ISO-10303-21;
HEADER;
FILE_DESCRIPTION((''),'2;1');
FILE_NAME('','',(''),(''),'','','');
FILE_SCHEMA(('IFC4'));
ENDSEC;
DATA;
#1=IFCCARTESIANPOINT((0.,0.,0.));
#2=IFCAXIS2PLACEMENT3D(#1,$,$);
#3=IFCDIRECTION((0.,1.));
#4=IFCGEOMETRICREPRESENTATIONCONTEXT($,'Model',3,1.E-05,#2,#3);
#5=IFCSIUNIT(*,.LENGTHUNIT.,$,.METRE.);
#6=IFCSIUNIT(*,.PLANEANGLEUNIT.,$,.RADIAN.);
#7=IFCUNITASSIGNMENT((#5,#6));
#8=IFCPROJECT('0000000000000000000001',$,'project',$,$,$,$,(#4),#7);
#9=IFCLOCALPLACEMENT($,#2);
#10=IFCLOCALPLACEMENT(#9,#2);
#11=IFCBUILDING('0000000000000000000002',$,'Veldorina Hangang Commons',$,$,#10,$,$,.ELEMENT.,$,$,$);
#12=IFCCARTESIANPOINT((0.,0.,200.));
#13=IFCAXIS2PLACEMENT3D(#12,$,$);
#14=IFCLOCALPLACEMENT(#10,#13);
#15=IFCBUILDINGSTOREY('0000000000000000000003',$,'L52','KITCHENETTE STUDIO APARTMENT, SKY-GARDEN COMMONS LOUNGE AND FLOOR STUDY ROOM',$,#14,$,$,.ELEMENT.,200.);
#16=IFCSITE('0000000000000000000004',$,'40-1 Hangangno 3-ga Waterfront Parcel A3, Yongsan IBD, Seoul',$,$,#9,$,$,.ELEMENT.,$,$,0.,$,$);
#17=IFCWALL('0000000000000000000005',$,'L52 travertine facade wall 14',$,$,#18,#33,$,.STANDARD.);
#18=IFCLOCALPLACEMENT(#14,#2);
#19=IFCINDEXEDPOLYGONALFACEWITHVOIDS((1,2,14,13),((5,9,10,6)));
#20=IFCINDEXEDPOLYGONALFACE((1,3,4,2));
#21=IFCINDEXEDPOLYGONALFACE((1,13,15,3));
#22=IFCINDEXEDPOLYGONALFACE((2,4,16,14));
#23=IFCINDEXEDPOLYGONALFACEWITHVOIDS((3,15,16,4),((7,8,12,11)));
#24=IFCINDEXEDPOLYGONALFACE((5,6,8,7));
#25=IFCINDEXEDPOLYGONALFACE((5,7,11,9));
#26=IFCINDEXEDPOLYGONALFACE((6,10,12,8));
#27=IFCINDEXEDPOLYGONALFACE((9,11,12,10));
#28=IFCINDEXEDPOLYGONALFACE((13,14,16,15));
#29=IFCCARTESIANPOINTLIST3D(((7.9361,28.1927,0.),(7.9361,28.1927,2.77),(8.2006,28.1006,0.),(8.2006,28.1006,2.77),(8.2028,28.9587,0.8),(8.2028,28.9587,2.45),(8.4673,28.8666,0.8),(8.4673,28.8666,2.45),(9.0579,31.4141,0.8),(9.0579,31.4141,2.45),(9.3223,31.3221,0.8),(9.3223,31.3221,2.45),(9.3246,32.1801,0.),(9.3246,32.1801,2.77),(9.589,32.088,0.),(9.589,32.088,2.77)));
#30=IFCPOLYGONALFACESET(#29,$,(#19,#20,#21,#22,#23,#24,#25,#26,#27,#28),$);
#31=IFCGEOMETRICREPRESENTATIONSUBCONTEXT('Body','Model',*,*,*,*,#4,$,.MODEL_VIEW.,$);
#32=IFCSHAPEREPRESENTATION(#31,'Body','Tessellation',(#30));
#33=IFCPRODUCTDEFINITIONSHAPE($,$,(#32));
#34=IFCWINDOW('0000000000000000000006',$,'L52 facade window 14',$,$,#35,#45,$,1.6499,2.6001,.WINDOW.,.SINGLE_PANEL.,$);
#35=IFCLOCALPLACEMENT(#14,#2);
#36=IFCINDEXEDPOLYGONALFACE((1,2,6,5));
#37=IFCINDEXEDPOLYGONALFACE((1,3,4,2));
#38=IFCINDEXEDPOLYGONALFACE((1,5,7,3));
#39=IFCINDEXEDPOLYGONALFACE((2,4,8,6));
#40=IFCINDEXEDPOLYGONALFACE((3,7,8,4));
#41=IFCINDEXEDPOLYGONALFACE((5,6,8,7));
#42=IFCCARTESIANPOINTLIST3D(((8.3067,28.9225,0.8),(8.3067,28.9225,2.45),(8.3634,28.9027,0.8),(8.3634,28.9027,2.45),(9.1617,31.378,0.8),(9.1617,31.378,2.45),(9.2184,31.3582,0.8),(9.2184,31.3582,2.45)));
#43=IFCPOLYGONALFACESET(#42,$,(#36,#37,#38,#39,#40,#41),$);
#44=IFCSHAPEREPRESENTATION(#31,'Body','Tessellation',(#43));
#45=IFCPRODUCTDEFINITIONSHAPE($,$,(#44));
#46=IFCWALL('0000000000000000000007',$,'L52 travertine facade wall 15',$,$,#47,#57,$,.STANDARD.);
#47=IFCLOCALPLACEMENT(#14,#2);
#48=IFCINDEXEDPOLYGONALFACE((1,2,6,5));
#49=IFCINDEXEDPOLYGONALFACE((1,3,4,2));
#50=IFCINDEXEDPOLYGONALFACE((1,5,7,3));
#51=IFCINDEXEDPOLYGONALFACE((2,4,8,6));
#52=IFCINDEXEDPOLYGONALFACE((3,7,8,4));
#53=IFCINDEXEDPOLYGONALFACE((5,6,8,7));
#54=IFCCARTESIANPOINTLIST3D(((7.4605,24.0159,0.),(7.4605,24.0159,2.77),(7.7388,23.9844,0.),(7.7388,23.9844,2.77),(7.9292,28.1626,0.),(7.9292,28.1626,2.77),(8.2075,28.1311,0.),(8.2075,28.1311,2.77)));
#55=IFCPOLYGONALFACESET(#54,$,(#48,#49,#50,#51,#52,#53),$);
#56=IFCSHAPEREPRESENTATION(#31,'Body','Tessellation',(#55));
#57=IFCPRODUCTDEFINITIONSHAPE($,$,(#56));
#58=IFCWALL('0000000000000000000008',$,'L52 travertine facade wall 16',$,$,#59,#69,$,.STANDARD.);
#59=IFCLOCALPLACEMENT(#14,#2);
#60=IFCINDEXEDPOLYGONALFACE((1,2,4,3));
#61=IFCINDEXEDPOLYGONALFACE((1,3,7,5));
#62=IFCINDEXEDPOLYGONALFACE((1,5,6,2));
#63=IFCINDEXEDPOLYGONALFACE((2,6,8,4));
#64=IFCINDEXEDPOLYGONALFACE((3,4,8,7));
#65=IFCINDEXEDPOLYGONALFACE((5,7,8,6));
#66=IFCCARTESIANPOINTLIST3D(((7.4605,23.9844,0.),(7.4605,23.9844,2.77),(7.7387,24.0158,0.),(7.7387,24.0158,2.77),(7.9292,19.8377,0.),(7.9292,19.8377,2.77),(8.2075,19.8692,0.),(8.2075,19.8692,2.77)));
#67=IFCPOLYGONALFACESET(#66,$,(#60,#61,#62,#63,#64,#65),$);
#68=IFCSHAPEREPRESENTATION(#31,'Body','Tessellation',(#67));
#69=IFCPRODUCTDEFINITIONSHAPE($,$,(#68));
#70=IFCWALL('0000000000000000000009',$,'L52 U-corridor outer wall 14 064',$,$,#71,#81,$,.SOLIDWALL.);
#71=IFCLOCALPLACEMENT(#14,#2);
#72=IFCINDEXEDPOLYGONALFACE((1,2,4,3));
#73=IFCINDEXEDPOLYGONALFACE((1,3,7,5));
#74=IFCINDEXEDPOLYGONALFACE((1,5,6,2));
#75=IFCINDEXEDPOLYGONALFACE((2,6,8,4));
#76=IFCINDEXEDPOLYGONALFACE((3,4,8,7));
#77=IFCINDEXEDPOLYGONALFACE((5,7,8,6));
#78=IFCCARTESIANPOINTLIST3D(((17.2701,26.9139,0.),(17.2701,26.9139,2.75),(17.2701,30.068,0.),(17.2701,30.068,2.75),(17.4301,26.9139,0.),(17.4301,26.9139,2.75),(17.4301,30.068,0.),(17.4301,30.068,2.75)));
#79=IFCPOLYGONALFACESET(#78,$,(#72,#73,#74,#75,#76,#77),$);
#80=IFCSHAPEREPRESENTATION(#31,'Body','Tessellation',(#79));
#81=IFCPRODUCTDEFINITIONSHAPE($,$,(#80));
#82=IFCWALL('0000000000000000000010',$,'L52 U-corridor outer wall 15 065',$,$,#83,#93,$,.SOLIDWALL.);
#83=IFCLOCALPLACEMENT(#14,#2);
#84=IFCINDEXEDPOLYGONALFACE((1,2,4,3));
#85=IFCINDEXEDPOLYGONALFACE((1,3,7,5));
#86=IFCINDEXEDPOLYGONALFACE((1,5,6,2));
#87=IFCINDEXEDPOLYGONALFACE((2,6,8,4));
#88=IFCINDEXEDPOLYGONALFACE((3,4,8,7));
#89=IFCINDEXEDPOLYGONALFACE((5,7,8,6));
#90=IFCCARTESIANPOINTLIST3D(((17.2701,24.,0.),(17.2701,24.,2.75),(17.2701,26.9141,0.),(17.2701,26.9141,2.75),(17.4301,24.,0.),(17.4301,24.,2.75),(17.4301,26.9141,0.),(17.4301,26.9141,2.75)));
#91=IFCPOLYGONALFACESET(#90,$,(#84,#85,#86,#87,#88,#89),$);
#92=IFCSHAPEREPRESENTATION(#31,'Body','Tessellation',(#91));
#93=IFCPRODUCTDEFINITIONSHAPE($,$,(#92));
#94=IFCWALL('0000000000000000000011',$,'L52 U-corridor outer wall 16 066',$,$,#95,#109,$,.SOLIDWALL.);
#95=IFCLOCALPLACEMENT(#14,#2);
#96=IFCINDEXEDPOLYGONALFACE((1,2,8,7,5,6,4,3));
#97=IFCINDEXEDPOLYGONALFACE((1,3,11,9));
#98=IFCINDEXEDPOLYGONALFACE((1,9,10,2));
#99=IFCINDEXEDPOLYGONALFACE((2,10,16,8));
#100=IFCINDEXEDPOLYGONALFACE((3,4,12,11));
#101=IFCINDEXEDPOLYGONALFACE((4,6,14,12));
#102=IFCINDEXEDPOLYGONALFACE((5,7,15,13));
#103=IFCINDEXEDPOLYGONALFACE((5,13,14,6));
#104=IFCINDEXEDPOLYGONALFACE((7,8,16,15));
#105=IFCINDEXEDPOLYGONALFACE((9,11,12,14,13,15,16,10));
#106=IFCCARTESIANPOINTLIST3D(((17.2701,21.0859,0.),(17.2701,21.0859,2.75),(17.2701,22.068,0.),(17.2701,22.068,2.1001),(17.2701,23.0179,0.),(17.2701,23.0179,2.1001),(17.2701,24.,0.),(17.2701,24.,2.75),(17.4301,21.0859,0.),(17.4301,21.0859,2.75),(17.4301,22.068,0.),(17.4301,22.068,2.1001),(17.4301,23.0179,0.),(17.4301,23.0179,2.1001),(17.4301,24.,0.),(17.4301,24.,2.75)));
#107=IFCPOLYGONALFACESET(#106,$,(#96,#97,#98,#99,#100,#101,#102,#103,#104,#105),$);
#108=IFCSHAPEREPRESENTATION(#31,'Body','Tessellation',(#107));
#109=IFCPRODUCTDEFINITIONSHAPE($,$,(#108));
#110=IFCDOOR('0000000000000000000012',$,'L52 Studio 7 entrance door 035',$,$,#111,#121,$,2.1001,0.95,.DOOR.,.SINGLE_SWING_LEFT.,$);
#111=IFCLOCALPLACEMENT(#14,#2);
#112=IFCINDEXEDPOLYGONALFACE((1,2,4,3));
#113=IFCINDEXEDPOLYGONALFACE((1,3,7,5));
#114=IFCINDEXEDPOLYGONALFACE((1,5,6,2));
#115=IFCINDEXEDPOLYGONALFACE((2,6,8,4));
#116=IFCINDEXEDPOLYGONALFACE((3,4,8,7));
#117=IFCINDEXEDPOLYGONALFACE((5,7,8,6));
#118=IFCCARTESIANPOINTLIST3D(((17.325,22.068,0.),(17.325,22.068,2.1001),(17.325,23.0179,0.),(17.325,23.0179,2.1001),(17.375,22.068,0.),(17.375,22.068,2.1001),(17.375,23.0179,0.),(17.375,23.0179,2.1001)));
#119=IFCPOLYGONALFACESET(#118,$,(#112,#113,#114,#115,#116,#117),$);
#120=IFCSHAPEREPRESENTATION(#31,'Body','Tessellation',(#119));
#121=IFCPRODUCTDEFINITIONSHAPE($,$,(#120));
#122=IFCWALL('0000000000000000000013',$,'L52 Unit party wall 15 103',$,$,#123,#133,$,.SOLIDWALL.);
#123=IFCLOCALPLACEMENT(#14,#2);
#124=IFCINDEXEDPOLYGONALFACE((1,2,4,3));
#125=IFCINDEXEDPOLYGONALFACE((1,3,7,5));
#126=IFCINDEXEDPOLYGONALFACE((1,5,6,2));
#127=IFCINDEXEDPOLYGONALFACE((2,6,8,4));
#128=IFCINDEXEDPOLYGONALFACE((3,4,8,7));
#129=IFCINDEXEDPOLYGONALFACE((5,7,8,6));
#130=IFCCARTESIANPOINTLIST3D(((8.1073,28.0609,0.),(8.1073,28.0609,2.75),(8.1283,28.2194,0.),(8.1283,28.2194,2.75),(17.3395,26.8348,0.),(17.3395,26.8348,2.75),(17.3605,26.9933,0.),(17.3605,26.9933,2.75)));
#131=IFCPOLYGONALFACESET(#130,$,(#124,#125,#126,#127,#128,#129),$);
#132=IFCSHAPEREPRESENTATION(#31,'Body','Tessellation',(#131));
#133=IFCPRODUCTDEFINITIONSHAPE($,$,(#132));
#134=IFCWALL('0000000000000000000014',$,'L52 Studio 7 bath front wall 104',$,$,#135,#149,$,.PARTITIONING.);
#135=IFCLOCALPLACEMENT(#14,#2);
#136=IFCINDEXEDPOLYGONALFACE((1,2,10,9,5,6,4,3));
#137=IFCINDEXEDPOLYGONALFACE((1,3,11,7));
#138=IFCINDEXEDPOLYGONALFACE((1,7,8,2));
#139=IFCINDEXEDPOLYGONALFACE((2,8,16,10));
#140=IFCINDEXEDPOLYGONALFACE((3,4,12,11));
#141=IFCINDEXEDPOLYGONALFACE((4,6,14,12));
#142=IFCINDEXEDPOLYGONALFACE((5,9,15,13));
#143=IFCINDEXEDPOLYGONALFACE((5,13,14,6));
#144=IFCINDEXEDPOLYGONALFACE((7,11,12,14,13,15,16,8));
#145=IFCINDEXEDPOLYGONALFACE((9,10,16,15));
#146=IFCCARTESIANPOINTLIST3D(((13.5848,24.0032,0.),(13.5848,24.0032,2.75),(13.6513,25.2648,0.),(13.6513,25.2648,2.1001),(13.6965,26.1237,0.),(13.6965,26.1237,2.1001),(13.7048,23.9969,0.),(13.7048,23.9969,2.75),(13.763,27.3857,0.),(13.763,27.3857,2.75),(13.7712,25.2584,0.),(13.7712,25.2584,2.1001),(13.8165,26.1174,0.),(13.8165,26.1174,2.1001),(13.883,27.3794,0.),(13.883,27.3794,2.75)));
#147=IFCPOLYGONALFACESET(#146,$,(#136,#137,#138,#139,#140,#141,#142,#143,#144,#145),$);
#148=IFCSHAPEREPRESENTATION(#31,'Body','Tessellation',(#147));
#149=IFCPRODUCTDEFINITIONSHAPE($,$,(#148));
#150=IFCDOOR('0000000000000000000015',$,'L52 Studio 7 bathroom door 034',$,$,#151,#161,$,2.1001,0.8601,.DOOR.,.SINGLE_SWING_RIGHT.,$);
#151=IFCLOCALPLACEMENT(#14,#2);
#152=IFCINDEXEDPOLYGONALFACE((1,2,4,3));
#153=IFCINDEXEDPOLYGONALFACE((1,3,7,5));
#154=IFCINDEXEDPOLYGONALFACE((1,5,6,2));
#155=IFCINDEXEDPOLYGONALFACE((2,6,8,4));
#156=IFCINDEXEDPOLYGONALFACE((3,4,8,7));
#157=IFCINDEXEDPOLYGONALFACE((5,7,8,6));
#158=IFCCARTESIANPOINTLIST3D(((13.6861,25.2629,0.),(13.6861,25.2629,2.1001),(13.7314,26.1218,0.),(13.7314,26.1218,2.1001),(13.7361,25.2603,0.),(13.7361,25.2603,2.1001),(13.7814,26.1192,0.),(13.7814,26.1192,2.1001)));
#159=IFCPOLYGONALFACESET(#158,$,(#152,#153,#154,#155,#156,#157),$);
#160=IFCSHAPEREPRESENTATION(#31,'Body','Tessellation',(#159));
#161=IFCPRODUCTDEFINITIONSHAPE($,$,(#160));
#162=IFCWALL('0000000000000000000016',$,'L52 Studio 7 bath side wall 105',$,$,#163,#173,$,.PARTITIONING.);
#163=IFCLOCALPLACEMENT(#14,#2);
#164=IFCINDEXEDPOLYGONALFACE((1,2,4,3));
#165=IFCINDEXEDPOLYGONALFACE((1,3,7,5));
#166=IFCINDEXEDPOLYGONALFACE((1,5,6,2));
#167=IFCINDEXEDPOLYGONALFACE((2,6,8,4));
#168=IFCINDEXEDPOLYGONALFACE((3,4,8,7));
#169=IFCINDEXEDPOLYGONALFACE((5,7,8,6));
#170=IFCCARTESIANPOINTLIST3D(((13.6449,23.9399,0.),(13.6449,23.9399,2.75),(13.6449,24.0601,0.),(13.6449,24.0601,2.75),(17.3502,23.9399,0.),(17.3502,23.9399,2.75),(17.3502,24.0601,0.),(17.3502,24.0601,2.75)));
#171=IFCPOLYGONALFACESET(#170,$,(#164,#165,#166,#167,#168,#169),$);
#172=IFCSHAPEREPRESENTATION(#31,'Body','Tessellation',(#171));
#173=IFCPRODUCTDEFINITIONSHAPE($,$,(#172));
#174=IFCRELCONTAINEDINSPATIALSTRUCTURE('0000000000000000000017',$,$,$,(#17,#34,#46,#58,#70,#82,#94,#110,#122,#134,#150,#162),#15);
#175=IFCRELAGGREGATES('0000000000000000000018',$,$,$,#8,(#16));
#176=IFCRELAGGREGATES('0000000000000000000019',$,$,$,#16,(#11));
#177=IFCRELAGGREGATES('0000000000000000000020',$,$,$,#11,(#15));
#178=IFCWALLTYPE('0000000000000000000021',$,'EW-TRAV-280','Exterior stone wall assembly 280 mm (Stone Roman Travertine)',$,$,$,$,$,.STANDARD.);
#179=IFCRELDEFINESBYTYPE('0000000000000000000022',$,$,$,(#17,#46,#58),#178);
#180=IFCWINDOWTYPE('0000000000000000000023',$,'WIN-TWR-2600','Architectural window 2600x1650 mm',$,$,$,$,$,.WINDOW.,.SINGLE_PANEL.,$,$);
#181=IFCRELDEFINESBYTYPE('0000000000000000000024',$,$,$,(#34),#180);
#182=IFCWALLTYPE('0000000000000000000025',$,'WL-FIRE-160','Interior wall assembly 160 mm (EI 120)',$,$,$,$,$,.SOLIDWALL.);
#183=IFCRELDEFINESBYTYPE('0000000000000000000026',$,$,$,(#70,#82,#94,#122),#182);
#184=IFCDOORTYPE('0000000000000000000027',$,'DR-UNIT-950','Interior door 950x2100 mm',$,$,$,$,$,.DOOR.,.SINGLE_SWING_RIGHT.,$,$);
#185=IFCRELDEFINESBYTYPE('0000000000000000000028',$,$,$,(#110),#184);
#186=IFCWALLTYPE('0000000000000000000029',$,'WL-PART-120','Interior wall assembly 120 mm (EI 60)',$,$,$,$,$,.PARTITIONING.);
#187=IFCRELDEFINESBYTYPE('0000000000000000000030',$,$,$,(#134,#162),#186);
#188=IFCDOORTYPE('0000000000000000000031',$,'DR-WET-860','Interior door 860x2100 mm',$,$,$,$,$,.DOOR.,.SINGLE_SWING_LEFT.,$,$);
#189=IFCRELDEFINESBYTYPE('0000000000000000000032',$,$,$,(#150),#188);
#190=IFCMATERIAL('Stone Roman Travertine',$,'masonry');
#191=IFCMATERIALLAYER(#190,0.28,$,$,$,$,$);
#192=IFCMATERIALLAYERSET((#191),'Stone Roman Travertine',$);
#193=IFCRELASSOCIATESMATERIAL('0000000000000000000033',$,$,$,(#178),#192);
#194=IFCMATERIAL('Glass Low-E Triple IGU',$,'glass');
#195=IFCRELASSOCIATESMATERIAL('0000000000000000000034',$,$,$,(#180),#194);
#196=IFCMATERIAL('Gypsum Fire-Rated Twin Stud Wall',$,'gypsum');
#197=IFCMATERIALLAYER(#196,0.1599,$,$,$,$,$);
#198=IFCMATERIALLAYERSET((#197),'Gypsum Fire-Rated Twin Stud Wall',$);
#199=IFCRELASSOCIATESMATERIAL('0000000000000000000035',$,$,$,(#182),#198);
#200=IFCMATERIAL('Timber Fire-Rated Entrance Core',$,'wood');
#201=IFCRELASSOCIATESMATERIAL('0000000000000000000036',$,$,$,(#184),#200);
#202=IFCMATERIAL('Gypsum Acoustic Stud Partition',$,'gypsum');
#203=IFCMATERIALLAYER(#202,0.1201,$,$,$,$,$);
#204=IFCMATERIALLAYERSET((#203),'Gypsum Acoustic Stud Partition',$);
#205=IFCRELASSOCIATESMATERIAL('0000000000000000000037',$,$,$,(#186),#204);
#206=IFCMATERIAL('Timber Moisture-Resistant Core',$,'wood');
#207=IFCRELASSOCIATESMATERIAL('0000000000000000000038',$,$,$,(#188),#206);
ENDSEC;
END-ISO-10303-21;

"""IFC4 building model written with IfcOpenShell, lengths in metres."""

from ifc_helpers import new_model, si_unit, direction, frame, frame_2d, origin, place, context, subcontext, project, spatial, rectangle, extrude, material, layer, layer_set, type_object, element, fill, save


model = new_model("IFC4")

# Units and contexts
model_context = context("Model", 3, precision=1e-05, world=origin(), true_north=direction((0.0, 1.0)))
body_context = subcontext(model_context, "Body", "Model", "MODEL_VIEW")
ifc_project = project(units=[si_unit("LENGTHUNIT", "METRE"), si_unit("PLANEANGLEUNIT", "RADIAN")], contexts=[model_context])

# Site, building, storey
site_placement = place(None, origin())
site = spatial("IfcSite", under=ifc_project, at=site_placement, Name="40-1 Hangangno 3-ga Waterfront Parcel A3, Yongsan IBD, Seoul", CompositionType="ELEMENT", RefElevation=0.0)
building_placement = place(site_placement, origin())
building = spatial("IfcBuilding", under=site, at=building_placement, Name="Veldorina Hangang Commons", CompositionType="ELEMENT")
storey_placement = place(building_placement, frame((0.0, 0.0, 200.0)))
storey = spatial("IfcBuildingStorey", under=building, at=storey_placement, Name="L52", Description="KITCHENETTE STUDIO APARTMENT, SKY-GARDEN COMMONS LOUNGE AND FLOOR STUDY ROOM", CompositionType="ELEMENT", Elevation=200.0)

# Wall, opening, window
ifc_material_1 = material(Name="Stone Roman Travertine", Category="masonry")
ifc_layer_1 = layer(ifc_material_1, 0.28)
ifc_layer_set_1 = layer_set([ifc_layer_1], Name="Stone Roman Travertine")
wall_type_1 = type_object("IfcWallType", Name="EW-TRAV-280", Description="Exterior stone wall assembly 280 mm (Stone Roman Travertine)", PredefinedType="STANDARD", material=ifc_layer_set_1)
wall_1_placement = place(storey_placement, frame((9.4568, 32.134, 0.0), z_axis=(0.0, 0.0, 1.0), x_axis=(-0.328846, -0.944384, 0.0)))
wall_1 = element("IfcWall", 1, at=wall_1_placement, inside=storey, type_object=wall_type_1, Name="L52 travertine facade wall 14", PredefinedType="STANDARD", context=body_context, shape_type="SweptSolid", body=[
    extrude(rectangle(XDim=4.2222, YDim=0.28, at=frame_2d((2.1111, 0.0))), origin(), (0.0, 0.0, 1.0), 2.77),
])
opening_1_placement = place(wall_1_placement, frame((0.811, 0.0, 0.8)))
opening_1 = element("IfcOpeningElement", 2, at=opening_1_placement, cuts=wall_1, PredefinedType="OPENING", context=body_context, shape_type="SweptSolid", body=[
    extrude(rectangle(XDim=2.6001, YDim=1.6499, at=frame_2d((1.3, 0.825))), frame((0.0, 0.1499, 0.0), z_axis=(0.0, -1.0, 0.0), x_axis=(1.0, 0.0, 0.0)), (0.0, 0.0, 1.0), 0.3),
])
ifc_material_2 = material(Name="Glass Low-E Triple IGU", Category="glass")
window_type = type_object("IfcWindowType", Name="WIN-TWR-2600", Description="Architectural window 2600x1650 mm", PartitioningType="SINGLE_PANEL", PredefinedType="WINDOW", material=ifc_material_2)
window_placement = place(opening_1_placement, origin())
window = element("IfcWindow", 3, at=window_placement, inside=storey, type_object=window_type, Name="L52 facade window 14", OverallHeight=1.6499, OverallWidth=2.6001, PartitioningType="SINGLE_PANEL", PredefinedType="WINDOW", context=body_context, shape_type="SweptSolid", body=[
    extrude(rectangle(XDim=2.6001, YDim=1.6499, at=frame_2d((1.3, 0.825))), frame((0.0, 0.03, 0.0), z_axis=(0.0, -1.0, 0.0), x_axis=(1.0, 0.0, 0.0)), (0.0, 0.0, 1.0), 0.0601),
])
fill(opening_1, window)

# Walls
for number, where, z_axis, x_axis, name in (
    (4, (8.0684, 28.1467, 0.0), (0.0, 0.0, 1.0), (-0.112326, -0.993671, 0.0), "L52 travertine facade wall 15"),
    (5, (7.5996, 24.0, 0.0), (0.0, 0.0, 1.0), (0.112326, -0.993671, 0.0), "L52 travertine facade wall 16"),
):
    element("IfcWall", number, at=place(storey_placement, frame(where, z_axis=z_axis, x_axis=x_axis)), inside=storey, type_object=wall_type_1, Name=name, PredefinedType="STANDARD", context=body_context, shape_type="SweptSolid", body=[
        extrude(rectangle(XDim=4.1731, YDim=0.28, at=frame_2d((2.0864, 0.0))), origin(), (0.0, 0.0, 1.0), 2.77),
    ])
ifc_material_3 = material(Name="Gypsum Fire-Rated Twin Stud Wall", Category="gypsum")
ifc_layer_2 = layer(ifc_material_3, 0.1599)
ifc_layer_set_2 = layer_set([ifc_layer_2], Name="Gypsum Fire-Rated Twin Stud Wall")
wall_type_2 = type_object("IfcWallType", Name="WL-FIRE-160", Description="Interior wall assembly 160 mm (EI 120)", PredefinedType="SOLIDWALL", material=ifc_layer_set_2)
wall_2_placement = place(storey_placement, frame((17.3501, 30.0681, 0.0), z_axis=(0.0, 0.0, 1.0), x_axis=(0.0, -1.0, 0.0)))
element("IfcWall", 6, at=wall_2_placement, inside=storey, type_object=wall_type_2, Name="L52 U-corridor outer wall 14 064", PredefinedType="SOLIDWALL", context=body_context, shape_type="SweptSolid", body=[
    extrude(rectangle(XDim=3.1541, YDim=0.1599, at=frame_2d((1.5771, 0.0))), origin(), (0.0, 0.0, 1.0), 2.75),
])
wall_3_placement = place(storey_placement, frame((17.3501, 26.9141, 0.0), z_axis=(0.0, 0.0, 1.0), x_axis=(0.0, -1.0, 0.0)))
element("IfcWall", 7, at=wall_3_placement, inside=storey, type_object=wall_type_2, Name="L52 U-corridor outer wall 15 065", PredefinedType="SOLIDWALL", context=body_context, shape_type="SweptSolid", body=[
    extrude(rectangle(XDim=2.9141, YDim=0.1599, at=frame_2d((1.457, 0.0))), origin(), (0.0, 0.0, 1.0), 2.75),
])

# Wall, opening, door
wall_4_placement = place(storey_placement, frame((17.3501, 24.0, 0.0), z_axis=(0.0, 0.0, 1.0), x_axis=(0.0, -1.0, 0.0)))
wall_4 = element("IfcWall", 8, at=wall_4_placement, inside=storey, type_object=wall_type_2, Name="L52 U-corridor outer wall 16 066", PredefinedType="SOLIDWALL", context=body_context, shape_type="SweptSolid", body=[
    extrude(rectangle(XDim=2.9141, YDim=0.1599, at=frame_2d((1.457, 0.0))), origin(), (0.0, 0.0, 1.0), 2.75),
])
opening_2_placement = place(wall_4_placement, frame((0.9819, 0.0, 0.0)))
opening_2 = element("IfcOpeningElement", 9, at=opening_2_placement, cuts=wall_4, PredefinedType="OPENING", context=body_context, shape_type="SweptSolid", body=[
    extrude(rectangle(XDim=0.95, YDim=2.1001, at=frame_2d((0.4751, 1.05))), frame((0.0, 0.0898, 0.0), z_axis=(0.0, -1.0, 0.0), x_axis=(1.0, 0.0, 0.0)), (0.0, 0.0, 1.0), 0.1799),
])
ifc_material_4 = material(Name="Timber Fire-Rated Entrance Core", Category="wood")
door_type_1 = type_object("IfcDoorType", Name="DR-UNIT-950", Description="Interior door 950x2100 mm", OperationType="SINGLE_SWING_RIGHT", PredefinedType="DOOR", material=ifc_material_4)
door_1_placement = place(opening_2_placement, origin())
door_1 = element("IfcDoor", 10, at=door_1_placement, inside=storey, type_object=door_type_1, Name="L52 Studio 7 entrance door 035", OperationType="SINGLE_SWING_LEFT", OverallHeight=2.1001, OverallWidth=0.95, PredefinedType="DOOR", context=body_context, shape_type="SweptSolid", body=[
    extrude(rectangle(XDim=0.95, YDim=2.1001, at=frame_2d((0.4751, 1.05))), frame((0.0, 0.0249, 0.0), z_axis=(0.0, -1.0, 0.0), x_axis=(1.0, 0.0, 0.0)), (0.0, 0.0, 1.0), 0.05),
])
fill(opening_2, door_1)

# Wall
wall_5_placement = place(storey_placement, frame((17.3501, 26.9141, 0.0), z_axis=(0.0, 0.0, 1.0), x_axis=(-0.991296, 0.131649, 0.0)))
element("IfcWall", 11, at=wall_5_placement, inside=storey, type_object=wall_type_2, Name="L52 Unit party wall 15 103", PredefinedType="SOLIDWALL", context=body_context, shape_type="SweptSolid", body=[
    extrude(rectangle(XDim=9.3132, YDim=0.1599, at=frame_2d((4.6567, 0.0))), origin(), (0.0, 0.0, 1.0), 2.75),
])

# Wall, opening, door
ifc_material_5 = material(Name="Gypsum Acoustic Stud Partition", Category="gypsum")
ifc_layer_3 = layer(ifc_material_5, 0.1201)
ifc_layer_set_3 = layer_set([ifc_layer_3], Name="Gypsum Acoustic Stud Partition")
wall_type_3 = type_object("IfcWallType", Name="WL-PART-120", Description="Interior wall assembly 120 mm (EI 60)", PredefinedType="PARTITIONING", material=ifc_layer_set_3)
wall_6_placement = place(storey_placement, frame((13.823, 27.3826, 0.0), z_axis=(0.0, 0.0, 1.0), x_axis=(-0.052616, -0.998615, 0.0)))
wall_6 = element("IfcWall", 12, at=wall_6_placement, inside=storey, type_object=wall_type_3, Name="L52 Studio 7 bath front wall 104", PredefinedType="PARTITIONING", context=body_context, shape_type="SweptSolid", body=[
    extrude(rectangle(XDim=3.3872, YDim=0.1201, at=frame_2d((1.6936, 0.0))), origin(), (0.0, 0.0, 1.0), 2.75),
])
opening_3_placement = place(wall_6_placement, frame((1.2637, 0.0, 0.0)))
opening_3 = element("IfcOpeningElement", 13, at=opening_3_placement, cuts=wall_6, PredefinedType="OPENING", context=body_context, shape_type="SweptSolid", body=[
    extrude(rectangle(XDim=0.8601, YDim=2.1001, at=frame_2d((0.4302, 1.05))), frame((0.0, 0.0701, 0.0), z_axis=(0.0, -1.0, 0.0), x_axis=(1.0, 0.0, 0.0)), (0.0, 0.0, 1.0), 0.1401),
])
ifc_material_6 = material(Name="Timber Moisture-Resistant Core", Category="wood")
door_type_2 = type_object("IfcDoorType", Name="DR-WET-860", Description="Interior door 860x2100 mm", OperationType="SINGLE_SWING_LEFT", PredefinedType="DOOR", material=ifc_material_6)
door_2_placement = place(opening_3_placement, origin())
door_2 = element("IfcDoor", 14, at=door_2_placement, inside=storey, type_object=door_type_2, Name="L52 Studio 7 bathroom door 034", OperationType="SINGLE_SWING_RIGHT", OverallHeight=2.1001, OverallWidth=0.8601, PredefinedType="DOOR", context=body_context, shape_type="SweptSolid", body=[
    extrude(rectangle(XDim=0.8601, YDim=2.1001, at=frame_2d((0.4302, 1.05))), frame((0.0, 0.0249, 0.0), z_axis=(0.0, -1.0, 0.0), x_axis=(1.0, 0.0, 0.0)), (0.0, 0.0, 1.0), 0.05),
])
fill(opening_3, door_2)

# Wall
wall_7_placement = place(storey_placement, frame((17.3501, 24.0, 0.0), z_axis=(0.0, 0.0, 1.0), x_axis=(-1.0, 0.0, 0.0)))
element("IfcWall", 15, at=wall_7_placement, inside=storey, type_object=wall_type_3, Name="L52 Studio 7 bath side wall 105", PredefinedType="PARTITIONING", context=body_context, shape_type="SweptSolid", body=[
    extrude(rectangle(XDim=3.7053, YDim=0.1201, at=frame_2d((1.8525, 0.0))), origin(), (0.0, 0.0, 1.0), 2.75),
])

save(model, "model.ifc")
